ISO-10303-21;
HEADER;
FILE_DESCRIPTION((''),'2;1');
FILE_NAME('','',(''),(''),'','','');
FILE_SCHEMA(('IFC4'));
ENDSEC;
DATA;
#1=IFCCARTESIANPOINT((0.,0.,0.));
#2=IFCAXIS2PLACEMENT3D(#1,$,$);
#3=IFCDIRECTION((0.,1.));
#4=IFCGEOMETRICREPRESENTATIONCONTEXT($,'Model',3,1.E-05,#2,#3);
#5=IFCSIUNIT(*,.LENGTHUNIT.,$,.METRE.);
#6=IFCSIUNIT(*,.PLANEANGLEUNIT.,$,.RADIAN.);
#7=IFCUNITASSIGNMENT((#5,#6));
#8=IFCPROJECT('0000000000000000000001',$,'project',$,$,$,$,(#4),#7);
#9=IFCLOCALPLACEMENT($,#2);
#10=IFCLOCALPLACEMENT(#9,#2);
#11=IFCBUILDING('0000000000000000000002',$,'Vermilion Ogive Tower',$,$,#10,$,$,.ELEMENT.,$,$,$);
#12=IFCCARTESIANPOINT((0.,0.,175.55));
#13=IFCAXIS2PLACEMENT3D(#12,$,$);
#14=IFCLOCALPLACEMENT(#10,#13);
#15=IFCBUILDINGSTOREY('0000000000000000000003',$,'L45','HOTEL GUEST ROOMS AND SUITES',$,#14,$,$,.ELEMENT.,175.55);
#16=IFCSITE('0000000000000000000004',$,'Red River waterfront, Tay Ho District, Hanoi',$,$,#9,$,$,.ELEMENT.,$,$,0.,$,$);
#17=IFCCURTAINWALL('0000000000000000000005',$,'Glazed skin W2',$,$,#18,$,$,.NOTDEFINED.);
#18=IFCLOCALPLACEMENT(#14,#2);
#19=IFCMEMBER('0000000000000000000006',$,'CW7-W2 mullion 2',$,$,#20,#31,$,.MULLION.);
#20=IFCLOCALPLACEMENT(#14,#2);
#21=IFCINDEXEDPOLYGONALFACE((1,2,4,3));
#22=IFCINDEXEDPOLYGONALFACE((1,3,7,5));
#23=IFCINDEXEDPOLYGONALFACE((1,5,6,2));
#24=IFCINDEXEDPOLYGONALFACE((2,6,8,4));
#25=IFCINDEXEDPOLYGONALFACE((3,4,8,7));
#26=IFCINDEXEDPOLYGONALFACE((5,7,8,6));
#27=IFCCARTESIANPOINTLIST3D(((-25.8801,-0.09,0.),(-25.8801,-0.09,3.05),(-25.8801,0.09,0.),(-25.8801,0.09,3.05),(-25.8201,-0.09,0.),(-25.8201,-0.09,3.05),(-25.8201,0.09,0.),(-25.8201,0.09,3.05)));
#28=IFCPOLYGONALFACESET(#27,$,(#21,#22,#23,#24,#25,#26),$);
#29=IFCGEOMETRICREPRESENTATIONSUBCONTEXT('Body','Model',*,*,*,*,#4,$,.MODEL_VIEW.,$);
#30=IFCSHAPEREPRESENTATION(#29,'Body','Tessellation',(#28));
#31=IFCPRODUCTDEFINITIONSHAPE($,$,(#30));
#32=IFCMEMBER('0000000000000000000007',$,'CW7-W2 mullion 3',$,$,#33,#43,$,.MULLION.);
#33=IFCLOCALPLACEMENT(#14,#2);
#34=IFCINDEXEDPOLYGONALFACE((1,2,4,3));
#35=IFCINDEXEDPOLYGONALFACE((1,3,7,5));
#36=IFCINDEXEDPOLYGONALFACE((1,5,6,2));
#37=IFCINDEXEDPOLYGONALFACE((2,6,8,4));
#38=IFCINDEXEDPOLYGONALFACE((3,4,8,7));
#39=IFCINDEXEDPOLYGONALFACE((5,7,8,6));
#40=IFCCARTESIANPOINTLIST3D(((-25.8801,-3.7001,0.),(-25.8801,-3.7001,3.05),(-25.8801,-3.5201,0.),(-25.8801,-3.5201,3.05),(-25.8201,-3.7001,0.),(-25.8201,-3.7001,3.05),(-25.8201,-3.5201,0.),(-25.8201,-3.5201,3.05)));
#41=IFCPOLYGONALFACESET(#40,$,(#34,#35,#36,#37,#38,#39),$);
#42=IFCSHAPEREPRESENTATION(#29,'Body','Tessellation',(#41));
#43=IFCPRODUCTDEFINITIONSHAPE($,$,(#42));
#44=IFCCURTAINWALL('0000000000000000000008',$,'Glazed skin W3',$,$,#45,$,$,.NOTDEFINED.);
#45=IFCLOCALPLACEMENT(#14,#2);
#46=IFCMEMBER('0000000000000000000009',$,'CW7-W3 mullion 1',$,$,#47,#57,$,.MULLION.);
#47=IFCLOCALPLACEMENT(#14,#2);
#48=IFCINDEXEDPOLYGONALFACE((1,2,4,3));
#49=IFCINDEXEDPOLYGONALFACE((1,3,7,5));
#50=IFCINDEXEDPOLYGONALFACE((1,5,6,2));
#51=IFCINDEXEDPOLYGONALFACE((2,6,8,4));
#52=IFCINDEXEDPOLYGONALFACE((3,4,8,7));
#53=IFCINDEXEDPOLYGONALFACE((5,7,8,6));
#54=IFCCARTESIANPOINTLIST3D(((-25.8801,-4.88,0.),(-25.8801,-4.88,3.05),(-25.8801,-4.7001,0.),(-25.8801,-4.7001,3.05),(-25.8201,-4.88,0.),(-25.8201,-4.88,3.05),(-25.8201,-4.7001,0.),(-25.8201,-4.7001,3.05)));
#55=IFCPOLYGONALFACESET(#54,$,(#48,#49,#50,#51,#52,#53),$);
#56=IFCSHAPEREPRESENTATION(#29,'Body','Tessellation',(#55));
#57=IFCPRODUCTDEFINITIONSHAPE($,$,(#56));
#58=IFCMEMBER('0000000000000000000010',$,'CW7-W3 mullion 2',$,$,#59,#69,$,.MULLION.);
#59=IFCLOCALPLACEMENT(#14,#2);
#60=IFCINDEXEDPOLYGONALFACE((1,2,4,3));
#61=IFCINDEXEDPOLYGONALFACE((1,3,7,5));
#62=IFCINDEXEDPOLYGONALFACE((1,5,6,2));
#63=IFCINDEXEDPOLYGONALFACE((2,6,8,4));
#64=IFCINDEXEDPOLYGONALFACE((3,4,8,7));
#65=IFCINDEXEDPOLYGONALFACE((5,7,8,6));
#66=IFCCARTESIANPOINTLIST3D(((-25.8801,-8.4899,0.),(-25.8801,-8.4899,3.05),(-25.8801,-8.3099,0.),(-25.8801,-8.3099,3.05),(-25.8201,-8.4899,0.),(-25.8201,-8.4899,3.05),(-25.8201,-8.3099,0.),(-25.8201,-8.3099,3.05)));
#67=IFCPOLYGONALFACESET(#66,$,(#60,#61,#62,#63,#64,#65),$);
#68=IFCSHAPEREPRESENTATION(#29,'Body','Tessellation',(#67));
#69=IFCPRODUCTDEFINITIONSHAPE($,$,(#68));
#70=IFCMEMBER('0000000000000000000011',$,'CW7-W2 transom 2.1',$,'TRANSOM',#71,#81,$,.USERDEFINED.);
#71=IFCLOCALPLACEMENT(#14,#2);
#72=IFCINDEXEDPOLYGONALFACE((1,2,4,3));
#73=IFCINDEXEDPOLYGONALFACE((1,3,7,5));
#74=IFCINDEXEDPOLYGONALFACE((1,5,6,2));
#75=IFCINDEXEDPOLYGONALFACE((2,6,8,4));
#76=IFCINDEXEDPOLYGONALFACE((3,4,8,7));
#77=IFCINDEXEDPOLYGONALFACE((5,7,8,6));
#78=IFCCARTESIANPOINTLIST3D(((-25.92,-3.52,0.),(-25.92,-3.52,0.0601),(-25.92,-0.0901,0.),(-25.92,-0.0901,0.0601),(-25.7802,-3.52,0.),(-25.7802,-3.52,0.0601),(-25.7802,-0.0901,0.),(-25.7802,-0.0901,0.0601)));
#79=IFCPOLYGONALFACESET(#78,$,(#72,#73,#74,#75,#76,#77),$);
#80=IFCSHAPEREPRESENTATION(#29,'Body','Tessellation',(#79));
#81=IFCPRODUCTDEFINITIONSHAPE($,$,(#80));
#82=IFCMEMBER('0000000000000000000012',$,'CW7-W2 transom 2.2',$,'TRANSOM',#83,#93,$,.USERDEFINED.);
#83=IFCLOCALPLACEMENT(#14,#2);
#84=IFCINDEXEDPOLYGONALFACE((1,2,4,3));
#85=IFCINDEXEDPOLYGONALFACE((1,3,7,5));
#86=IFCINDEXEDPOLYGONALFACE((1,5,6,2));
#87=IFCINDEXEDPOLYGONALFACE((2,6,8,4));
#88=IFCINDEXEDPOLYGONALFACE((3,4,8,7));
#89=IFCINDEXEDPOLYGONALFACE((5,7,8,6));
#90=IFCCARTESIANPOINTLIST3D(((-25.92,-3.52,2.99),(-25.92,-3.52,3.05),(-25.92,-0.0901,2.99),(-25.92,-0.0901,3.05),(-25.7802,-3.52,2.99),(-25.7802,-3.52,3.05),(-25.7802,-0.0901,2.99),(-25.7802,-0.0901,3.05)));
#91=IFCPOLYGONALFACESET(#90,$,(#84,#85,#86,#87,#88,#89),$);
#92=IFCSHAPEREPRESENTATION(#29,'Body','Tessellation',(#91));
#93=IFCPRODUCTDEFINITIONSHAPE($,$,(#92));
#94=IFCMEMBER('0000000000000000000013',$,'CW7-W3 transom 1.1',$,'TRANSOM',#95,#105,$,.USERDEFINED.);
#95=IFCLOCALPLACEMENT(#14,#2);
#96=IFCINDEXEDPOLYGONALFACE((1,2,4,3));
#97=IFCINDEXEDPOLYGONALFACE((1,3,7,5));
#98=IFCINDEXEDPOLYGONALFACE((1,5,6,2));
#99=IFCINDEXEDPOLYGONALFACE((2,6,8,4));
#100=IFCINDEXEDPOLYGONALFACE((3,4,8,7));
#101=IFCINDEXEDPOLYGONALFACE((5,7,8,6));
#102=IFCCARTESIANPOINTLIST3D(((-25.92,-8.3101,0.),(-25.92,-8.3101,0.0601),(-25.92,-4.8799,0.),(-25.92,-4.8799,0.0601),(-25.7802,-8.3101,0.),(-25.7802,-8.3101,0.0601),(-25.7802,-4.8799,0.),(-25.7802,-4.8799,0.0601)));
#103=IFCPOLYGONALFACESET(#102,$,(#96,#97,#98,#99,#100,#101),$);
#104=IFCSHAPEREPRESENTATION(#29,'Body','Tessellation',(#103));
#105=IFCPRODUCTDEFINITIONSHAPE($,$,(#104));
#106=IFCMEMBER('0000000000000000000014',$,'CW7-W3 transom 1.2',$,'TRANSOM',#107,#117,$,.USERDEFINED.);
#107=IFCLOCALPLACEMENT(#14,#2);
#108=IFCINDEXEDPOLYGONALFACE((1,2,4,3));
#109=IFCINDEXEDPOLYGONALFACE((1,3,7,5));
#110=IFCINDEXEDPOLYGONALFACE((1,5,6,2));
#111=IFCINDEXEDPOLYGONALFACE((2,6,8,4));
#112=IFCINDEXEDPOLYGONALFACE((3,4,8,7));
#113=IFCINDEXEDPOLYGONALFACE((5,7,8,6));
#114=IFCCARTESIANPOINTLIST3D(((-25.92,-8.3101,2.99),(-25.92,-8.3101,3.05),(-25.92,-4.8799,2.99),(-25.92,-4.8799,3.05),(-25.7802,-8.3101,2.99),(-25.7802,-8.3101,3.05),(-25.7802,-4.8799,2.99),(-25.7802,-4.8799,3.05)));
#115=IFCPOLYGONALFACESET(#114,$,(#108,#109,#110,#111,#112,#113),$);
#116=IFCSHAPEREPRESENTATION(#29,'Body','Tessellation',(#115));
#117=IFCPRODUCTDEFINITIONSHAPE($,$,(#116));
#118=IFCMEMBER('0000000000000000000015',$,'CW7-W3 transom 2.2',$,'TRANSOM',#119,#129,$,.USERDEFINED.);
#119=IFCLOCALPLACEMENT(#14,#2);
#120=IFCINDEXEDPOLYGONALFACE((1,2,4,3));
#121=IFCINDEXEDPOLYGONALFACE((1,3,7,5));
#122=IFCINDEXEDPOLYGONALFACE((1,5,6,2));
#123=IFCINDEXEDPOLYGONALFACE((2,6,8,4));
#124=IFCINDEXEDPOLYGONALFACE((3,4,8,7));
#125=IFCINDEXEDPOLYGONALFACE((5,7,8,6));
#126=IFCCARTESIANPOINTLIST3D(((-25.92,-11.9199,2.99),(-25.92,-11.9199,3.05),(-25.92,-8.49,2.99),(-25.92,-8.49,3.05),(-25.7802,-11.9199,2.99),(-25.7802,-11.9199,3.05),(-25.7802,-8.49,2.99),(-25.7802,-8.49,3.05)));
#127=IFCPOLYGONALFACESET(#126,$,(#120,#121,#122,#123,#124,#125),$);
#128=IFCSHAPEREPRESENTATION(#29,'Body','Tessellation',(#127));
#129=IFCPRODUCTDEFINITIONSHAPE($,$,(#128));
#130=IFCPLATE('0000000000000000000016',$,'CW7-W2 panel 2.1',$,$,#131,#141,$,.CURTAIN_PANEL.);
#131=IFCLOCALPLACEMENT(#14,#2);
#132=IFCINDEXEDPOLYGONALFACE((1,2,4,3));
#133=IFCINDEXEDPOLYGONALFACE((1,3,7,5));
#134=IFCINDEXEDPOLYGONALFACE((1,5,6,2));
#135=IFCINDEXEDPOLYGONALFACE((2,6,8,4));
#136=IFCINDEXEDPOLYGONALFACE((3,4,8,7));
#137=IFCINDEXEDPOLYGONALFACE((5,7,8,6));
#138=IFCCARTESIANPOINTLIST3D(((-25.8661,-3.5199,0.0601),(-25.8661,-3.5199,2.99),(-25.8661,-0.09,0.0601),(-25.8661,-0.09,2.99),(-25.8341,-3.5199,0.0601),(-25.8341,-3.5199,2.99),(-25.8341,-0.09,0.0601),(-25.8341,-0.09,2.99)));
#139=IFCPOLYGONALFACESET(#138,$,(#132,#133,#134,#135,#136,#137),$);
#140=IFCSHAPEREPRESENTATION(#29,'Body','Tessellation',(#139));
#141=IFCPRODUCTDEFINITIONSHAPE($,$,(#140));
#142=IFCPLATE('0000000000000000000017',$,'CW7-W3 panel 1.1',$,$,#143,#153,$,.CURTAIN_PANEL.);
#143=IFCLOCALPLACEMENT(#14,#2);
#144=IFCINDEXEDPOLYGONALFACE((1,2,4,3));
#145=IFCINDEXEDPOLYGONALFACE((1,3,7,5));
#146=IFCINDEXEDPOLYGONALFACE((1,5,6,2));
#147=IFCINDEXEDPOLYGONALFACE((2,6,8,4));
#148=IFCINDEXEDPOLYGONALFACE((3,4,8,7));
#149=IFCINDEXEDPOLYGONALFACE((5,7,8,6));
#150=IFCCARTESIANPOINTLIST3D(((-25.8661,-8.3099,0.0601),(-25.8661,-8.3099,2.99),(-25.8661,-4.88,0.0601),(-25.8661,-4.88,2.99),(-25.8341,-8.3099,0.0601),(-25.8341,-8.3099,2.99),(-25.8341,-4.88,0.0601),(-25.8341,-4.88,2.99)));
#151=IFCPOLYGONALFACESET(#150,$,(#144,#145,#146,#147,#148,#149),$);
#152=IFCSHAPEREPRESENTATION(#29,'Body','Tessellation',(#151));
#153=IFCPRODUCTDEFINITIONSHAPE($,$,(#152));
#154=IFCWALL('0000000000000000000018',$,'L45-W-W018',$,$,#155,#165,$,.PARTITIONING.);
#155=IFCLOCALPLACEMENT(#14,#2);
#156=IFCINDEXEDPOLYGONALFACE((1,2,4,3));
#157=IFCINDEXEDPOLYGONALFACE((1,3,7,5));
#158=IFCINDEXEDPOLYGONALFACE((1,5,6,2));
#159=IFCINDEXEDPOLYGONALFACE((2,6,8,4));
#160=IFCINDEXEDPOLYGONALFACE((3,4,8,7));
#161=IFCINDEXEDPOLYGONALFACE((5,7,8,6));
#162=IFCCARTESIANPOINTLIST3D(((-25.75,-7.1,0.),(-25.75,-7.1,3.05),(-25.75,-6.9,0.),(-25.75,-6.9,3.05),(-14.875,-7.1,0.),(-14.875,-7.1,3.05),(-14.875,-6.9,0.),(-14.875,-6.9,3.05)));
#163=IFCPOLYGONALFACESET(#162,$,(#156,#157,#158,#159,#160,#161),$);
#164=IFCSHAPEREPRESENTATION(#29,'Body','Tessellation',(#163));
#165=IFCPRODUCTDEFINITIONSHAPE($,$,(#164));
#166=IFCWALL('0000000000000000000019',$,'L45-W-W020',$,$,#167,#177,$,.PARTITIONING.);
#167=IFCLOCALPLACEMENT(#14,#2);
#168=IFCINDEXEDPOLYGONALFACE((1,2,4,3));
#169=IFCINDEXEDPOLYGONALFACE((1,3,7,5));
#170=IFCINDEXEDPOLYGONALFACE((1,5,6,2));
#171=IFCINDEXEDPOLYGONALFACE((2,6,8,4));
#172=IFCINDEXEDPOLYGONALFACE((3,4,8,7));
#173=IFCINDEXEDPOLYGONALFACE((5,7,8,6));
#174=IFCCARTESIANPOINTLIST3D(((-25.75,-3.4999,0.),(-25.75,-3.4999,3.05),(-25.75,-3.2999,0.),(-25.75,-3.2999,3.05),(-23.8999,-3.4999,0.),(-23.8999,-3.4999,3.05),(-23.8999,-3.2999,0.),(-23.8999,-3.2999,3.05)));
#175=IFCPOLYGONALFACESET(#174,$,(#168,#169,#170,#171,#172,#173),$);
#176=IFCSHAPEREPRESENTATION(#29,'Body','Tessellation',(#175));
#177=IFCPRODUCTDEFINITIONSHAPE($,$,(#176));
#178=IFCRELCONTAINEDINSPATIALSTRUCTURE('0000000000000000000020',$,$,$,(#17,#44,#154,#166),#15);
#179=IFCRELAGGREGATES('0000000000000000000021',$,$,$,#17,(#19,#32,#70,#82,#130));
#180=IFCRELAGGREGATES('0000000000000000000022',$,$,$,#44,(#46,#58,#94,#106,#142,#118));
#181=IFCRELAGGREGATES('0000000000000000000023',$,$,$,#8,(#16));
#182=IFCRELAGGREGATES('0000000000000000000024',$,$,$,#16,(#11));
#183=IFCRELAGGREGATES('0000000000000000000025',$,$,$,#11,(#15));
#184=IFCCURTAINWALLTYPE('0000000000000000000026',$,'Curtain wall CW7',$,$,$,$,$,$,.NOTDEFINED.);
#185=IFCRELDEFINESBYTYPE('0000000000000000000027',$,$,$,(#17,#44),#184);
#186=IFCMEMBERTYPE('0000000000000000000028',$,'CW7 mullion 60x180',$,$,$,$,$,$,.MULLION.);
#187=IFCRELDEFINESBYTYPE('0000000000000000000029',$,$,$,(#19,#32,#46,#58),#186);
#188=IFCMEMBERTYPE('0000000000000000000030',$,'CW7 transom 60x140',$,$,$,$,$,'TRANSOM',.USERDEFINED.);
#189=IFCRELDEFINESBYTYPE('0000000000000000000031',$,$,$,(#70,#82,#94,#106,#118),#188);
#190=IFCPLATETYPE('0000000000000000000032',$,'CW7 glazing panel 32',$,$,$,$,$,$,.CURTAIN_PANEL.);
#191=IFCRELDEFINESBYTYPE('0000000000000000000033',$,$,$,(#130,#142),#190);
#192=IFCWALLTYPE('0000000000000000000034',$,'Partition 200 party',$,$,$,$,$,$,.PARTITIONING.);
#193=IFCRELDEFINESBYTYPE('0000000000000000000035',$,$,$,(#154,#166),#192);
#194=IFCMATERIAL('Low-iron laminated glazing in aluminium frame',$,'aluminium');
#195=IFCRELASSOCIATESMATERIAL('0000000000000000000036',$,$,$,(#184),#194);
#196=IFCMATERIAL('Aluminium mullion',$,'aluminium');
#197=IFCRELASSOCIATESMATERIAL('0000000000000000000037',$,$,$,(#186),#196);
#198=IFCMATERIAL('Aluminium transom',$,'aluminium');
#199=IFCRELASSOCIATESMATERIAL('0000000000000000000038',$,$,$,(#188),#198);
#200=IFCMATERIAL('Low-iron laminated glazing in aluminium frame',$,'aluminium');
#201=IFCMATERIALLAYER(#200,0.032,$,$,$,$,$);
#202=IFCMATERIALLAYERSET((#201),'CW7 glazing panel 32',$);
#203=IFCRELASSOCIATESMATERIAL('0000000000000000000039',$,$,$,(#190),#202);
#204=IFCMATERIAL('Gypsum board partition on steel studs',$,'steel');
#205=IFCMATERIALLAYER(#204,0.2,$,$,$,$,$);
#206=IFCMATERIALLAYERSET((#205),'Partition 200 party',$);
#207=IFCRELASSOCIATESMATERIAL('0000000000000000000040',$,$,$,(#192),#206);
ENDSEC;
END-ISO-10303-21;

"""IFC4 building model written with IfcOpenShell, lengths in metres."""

from ifc_helpers import new_model, si_unit, direction, frame, frame_2d, origin, origin_2d, place, context, subcontext, project, spatial, rectangle, extrude, material, layer, layer_set, material_profile, profile_set, type_object, element, aggregate, save


model = new_model("IFC4")

# Units and contexts
model_context = context("Model", 3, precision=1e-05, world=origin(), true_north=direction((0.0, 1.0)))
body_context = subcontext(model_context, "Body", "Model", "MODEL_VIEW")
ifc_project = project(units=[si_unit("LENGTHUNIT", "METRE"), si_unit("PLANEANGLEUNIT", "RADIAN")], contexts=[model_context])

# Site, building, storey
site_placement = place(None, origin())
site = spatial("IfcSite", under=ifc_project, at=site_placement, Name="Red River waterfront, Tay Ho District, Hanoi", CompositionType="ELEMENT", RefElevation=0.0)
building_placement = place(site_placement, origin())
building = spatial("IfcBuilding", under=site, at=building_placement, Name="Vermilion Ogive Tower", CompositionType="ELEMENT")
storey_placement = place(building_placement, frame((0.0, 0.0, 175.55)))
storey = spatial("IfcBuildingStorey", under=building, at=storey_placement, Name="L45", Description="HOTEL GUEST ROOMS AND SUITES", CompositionType="ELEMENT", Elevation=175.55)

# Curtain walls, members
ifc_material_1 = material(Name="Low-iron laminated glazing in aluminium frame", Category="aluminium")
curtain_wall_type = type_object("IfcCurtainWallType", Name="Curtain wall CW7", PredefinedType="NOTDEFINED", material=ifc_material_1)
curtain_wall_1_placement = place(storey_placement, origin())
curtain_wall_1 = element("IfcCurtainWall", 1, at=curtain_wall_1_placement, inside=storey, type_object=curtain_wall_type, Name="Glazed skin W2", PredefinedType="NOTDEFINED")
ifc_material_2 = material(Name="Aluminium mullion", Category="aluminium")
ifc_material_profile_1 = material_profile(ifc_material_2, rectangle(XDim=0.0601, YDim=0.1799, at=origin_2d()), Name="AL 60x180")
ifc_profile_set_1 = profile_set([ifc_material_profile_1], Name="Aluminium mullion")
member_type_1 = type_object("IfcMemberType", Name="CW7 mullion 60x180", PredefinedType="MULLION", material=ifc_profile_set_1)
member_1_placement = place(storey_placement, frame((-25.8501, 0.0, 0.0), z_axis=(0.0, 0.0, 1.0), x_axis=(1.0, 0.0, 0.0)))
member_1 = element("IfcMember", 2, at=member_1_placement, type_object=member_type_1, Name="CW7-W2 mullion 2", PredefinedType="MULLION", context=body_context, shape_type="SweptSolid", body=[
    extrude(rectangle(XDim=0.0601, YDim=0.1799, at=origin_2d()), origin(), (0.0, 0.0, 1.0), 3.05),
])
member_2_placement = place(storey_placement, frame((-25.8501, -3.6101, 0.0), z_axis=(0.0, 0.0, 1.0), x_axis=(1.0, 0.0, 0.0)))
member_2 = element("IfcMember", 3, at=member_2_placement, type_object=member_type_1, Name="CW7-W2 mullion 3", PredefinedType="MULLION", context=body_context, shape_type="SweptSolid", body=[
    extrude(rectangle(XDim=0.0601, YDim=0.1799, at=origin_2d()), origin(), (0.0, 0.0, 1.0), 3.05),
])
curtain_wall_2_placement = place(storey_placement, origin())
curtain_wall_2 = element("IfcCurtainWall", 4, at=curtain_wall_2_placement, inside=storey, type_object=curtain_wall_type, Name="Glazed skin W3", PredefinedType="NOTDEFINED")
member_3_placement = place(storey_placement, frame((-25.8501, -4.79, 0.0), z_axis=(0.0, 0.0, 1.0), x_axis=(1.0, 0.0, 0.0)))
member_3 = element("IfcMember", 5, at=member_3_placement, type_object=member_type_1, Name="CW7-W3 mullion 1", PredefinedType="MULLION", context=body_context, shape_type="SweptSolid", body=[
    extrude(rectangle(XDim=0.0601, YDim=0.1799, at=origin_2d()), origin(), (0.0, 0.0, 1.0), 3.05),
])
member_4_placement = place(storey_placement, frame((-25.8501, -8.3999, 0.0), z_axis=(0.0, 0.0, 1.0), x_axis=(1.0, 0.0, 0.0)))
member_4 = element("IfcMember", 6, at=member_4_placement, type_object=member_type_1, Name="CW7-W3 mullion 2", PredefinedType="MULLION", context=body_context, shape_type="SweptSolid", body=[
    extrude(rectangle(XDim=0.0601, YDim=0.1799, at=origin_2d()), origin(), (0.0, 0.0, 1.0), 3.05),
])

# Members
ifc_material_3 = material(Name="Aluminium transom", Category="aluminium")
ifc_material_profile_2 = material_profile(ifc_material_3, rectangle(XDim=0.1399, YDim=0.0601, at=origin_2d()), Name="AL 60x140")
ifc_profile_set_2 = profile_set([ifc_material_profile_2], Name="Aluminium transom")
member_type_2 = type_object("IfcMemberType", Name="CW7 transom 60x140", ElementType="TRANSOM", PredefinedType="USERDEFINED", material=ifc_profile_set_2)
member_5_placement = place(storey_placement, frame((-25.8501, -0.0901, 0.03), z_axis=(0.0, -1.0, 0.0), x_axis=(1.0, 0.0, 0.0)))
member_5 = element("IfcMember", 7, at=member_5_placement, type_object=member_type_2, Name="CW7-W2 transom 2.1", ObjectType="TRANSOM", PredefinedType="USERDEFINED", context=body_context, shape_type="SweptSolid", body=[
    extrude(rectangle(XDim=0.1399, YDim=0.0601, at=origin_2d()), origin(), (0.0, 0.0, 1.0), 3.4299),
])
member_6_placement = place(storey_placement, frame((-25.8501, -0.0901, 3.02), z_axis=(0.0, -1.0, 0.0), x_axis=(1.0, 0.0, 0.0)))
member_6 = element("IfcMember", 8, at=member_6_placement, type_object=member_type_2, Name="CW7-W2 transom 2.2", ObjectType="TRANSOM", PredefinedType="USERDEFINED", context=body_context, shape_type="SweptSolid", body=[
    extrude(rectangle(XDim=0.1399, YDim=0.0601, at=origin_2d()), origin(), (0.0, 0.0, 1.0), 3.4299),
])
member_7_placement = place(storey_placement, frame((-25.8501, -4.8799, 0.03), z_axis=(0.0, -1.0, 0.0), x_axis=(1.0, 0.0, 0.0)))
member_7 = element("IfcMember", 9, at=member_7_placement, type_object=member_type_2, Name="CW7-W3 transom 1.1", ObjectType="TRANSOM", PredefinedType="USERDEFINED", context=body_context, shape_type="SweptSolid", body=[
    extrude(rectangle(XDim=0.1399, YDim=0.0601, at=origin_2d()), origin(), (0.0, 0.0, 1.0), 3.4302),
])
member_8_placement = place(storey_placement, frame((-25.8501, -4.8799, 3.02), z_axis=(0.0, -1.0, 0.0), x_axis=(1.0, 0.0, 0.0)))
member_8 = element("IfcMember", 10, at=member_8_placement, type_object=member_type_2, Name="CW7-W3 transom 1.2", ObjectType="TRANSOM", PredefinedType="USERDEFINED", context=body_context, shape_type="SweptSolid", body=[
    extrude(rectangle(XDim=0.1399, YDim=0.0601, at=origin_2d()), origin(), (0.0, 0.0, 1.0), 3.4302),
])
member_9_placement = place(storey_placement, frame((-25.8501, -8.49, 3.02), z_axis=(0.0, -1.0, 0.0), x_axis=(1.0, 0.0, 0.0)))
member_9 = element("IfcMember", 11, at=member_9_placement, type_object=member_type_2, Name="CW7-W3 transom 2.2", ObjectType="TRANSOM", PredefinedType="USERDEFINED", context=body_context, shape_type="SweptSolid", body=[
    extrude(rectangle(XDim=0.1399, YDim=0.0601, at=origin_2d()), origin(), (0.0, 0.0, 1.0), 3.4299),
])

# Plates
ifc_material_4 = material(Name="Low-iron laminated glazing in aluminium frame", Category="aluminium")
ifc_layer_1 = layer(ifc_material_4, 0.032)
ifc_layer_set_1 = layer_set([ifc_layer_1], Name="CW7 glazing panel 32")
plate_type = type_object("IfcPlateType", Name="CW7 glazing panel 32", PredefinedType="CURTAIN_PANEL", material=ifc_layer_set_1)
plate_1_placement = place(storey_placement, frame((-25.8501, -1.8049, 0.0601), z_axis=(0.0, 0.0, 1.0), x_axis=(0.0, -1.0, 0.0)))
plate_1 = element("IfcPlate", 12, at=plate_1_placement, type_object=plate_type, Name="CW7-W2 panel 2.1", PredefinedType="CURTAIN_PANEL", context=body_context, shape_type="SweptSolid", body=[
    extrude(rectangle(XDim=3.4299, YDim=0.032, at=origin_2d()), origin(), (0.0, 0.0, 1.0), 2.9299),
])
aggregate(curtain_wall_1, [member_1, member_2, member_5, member_6, plate_1])
plate_2_placement = place(storey_placement, frame((-25.8501, -6.595, 0.0601), z_axis=(0.0, 0.0, 1.0), x_axis=(0.0, -1.0, 0.0)))
plate_2 = element("IfcPlate", 13, at=plate_2_placement, type_object=plate_type, Name="CW7-W3 panel 1.1", PredefinedType="CURTAIN_PANEL", context=body_context, shape_type="SweptSolid", body=[
    extrude(rectangle(XDim=3.4299, YDim=0.032, at=origin_2d()), origin(), (0.0, 0.0, 1.0), 2.9299),
])
aggregate(curtain_wall_2, [member_3, member_4, member_7, member_8, plate_2, member_9])

# Walls
ifc_material_5 = material(Name="Gypsum board partition on steel studs", Category="steel")
ifc_layer_2 = layer(ifc_material_5, 0.2)
ifc_layer_set_2 = layer_set([ifc_layer_2], Name="Partition 200 party")
wall_type = type_object("IfcWallType", Name="Partition 200 party", PredefinedType="PARTITIONING", material=ifc_layer_set_2)
wall_1_placement = place(storey_placement, frame((-25.75, -7.0, 0.0), z_axis=(0.0, 0.0, 1.0), x_axis=(1.0, 0.0, 0.0)))
element("IfcWall", 14, at=wall_1_placement, inside=storey, type_object=wall_type, Name="L45-W-W018", PredefinedType="PARTITIONING", context=body_context, shape_type="SweptSolid", body=[
    extrude(rectangle(XDim=10.875, YDim=0.2, at=frame_2d((5.4375, 0.0))), origin(), (0.0, 0.0, 1.0), 3.05),
])
wall_2_placement = place(storey_placement, frame((-25.75, -3.3999, 0.0), z_axis=(0.0, 0.0, 1.0), x_axis=(1.0, 0.0, 0.0)))
element("IfcWall", 15, at=wall_2_placement, inside=storey, type_object=wall_type, Name="L45-W-W020", PredefinedType="PARTITIONING", context=body_context, shape_type="SweptSolid", body=[
    extrude(rectangle(XDim=1.8501, YDim=0.2, at=frame_2d((0.925, 0.0))), origin(), (0.0, 0.0, 1.0), 3.05),
])

save(model, "model.ifc")
